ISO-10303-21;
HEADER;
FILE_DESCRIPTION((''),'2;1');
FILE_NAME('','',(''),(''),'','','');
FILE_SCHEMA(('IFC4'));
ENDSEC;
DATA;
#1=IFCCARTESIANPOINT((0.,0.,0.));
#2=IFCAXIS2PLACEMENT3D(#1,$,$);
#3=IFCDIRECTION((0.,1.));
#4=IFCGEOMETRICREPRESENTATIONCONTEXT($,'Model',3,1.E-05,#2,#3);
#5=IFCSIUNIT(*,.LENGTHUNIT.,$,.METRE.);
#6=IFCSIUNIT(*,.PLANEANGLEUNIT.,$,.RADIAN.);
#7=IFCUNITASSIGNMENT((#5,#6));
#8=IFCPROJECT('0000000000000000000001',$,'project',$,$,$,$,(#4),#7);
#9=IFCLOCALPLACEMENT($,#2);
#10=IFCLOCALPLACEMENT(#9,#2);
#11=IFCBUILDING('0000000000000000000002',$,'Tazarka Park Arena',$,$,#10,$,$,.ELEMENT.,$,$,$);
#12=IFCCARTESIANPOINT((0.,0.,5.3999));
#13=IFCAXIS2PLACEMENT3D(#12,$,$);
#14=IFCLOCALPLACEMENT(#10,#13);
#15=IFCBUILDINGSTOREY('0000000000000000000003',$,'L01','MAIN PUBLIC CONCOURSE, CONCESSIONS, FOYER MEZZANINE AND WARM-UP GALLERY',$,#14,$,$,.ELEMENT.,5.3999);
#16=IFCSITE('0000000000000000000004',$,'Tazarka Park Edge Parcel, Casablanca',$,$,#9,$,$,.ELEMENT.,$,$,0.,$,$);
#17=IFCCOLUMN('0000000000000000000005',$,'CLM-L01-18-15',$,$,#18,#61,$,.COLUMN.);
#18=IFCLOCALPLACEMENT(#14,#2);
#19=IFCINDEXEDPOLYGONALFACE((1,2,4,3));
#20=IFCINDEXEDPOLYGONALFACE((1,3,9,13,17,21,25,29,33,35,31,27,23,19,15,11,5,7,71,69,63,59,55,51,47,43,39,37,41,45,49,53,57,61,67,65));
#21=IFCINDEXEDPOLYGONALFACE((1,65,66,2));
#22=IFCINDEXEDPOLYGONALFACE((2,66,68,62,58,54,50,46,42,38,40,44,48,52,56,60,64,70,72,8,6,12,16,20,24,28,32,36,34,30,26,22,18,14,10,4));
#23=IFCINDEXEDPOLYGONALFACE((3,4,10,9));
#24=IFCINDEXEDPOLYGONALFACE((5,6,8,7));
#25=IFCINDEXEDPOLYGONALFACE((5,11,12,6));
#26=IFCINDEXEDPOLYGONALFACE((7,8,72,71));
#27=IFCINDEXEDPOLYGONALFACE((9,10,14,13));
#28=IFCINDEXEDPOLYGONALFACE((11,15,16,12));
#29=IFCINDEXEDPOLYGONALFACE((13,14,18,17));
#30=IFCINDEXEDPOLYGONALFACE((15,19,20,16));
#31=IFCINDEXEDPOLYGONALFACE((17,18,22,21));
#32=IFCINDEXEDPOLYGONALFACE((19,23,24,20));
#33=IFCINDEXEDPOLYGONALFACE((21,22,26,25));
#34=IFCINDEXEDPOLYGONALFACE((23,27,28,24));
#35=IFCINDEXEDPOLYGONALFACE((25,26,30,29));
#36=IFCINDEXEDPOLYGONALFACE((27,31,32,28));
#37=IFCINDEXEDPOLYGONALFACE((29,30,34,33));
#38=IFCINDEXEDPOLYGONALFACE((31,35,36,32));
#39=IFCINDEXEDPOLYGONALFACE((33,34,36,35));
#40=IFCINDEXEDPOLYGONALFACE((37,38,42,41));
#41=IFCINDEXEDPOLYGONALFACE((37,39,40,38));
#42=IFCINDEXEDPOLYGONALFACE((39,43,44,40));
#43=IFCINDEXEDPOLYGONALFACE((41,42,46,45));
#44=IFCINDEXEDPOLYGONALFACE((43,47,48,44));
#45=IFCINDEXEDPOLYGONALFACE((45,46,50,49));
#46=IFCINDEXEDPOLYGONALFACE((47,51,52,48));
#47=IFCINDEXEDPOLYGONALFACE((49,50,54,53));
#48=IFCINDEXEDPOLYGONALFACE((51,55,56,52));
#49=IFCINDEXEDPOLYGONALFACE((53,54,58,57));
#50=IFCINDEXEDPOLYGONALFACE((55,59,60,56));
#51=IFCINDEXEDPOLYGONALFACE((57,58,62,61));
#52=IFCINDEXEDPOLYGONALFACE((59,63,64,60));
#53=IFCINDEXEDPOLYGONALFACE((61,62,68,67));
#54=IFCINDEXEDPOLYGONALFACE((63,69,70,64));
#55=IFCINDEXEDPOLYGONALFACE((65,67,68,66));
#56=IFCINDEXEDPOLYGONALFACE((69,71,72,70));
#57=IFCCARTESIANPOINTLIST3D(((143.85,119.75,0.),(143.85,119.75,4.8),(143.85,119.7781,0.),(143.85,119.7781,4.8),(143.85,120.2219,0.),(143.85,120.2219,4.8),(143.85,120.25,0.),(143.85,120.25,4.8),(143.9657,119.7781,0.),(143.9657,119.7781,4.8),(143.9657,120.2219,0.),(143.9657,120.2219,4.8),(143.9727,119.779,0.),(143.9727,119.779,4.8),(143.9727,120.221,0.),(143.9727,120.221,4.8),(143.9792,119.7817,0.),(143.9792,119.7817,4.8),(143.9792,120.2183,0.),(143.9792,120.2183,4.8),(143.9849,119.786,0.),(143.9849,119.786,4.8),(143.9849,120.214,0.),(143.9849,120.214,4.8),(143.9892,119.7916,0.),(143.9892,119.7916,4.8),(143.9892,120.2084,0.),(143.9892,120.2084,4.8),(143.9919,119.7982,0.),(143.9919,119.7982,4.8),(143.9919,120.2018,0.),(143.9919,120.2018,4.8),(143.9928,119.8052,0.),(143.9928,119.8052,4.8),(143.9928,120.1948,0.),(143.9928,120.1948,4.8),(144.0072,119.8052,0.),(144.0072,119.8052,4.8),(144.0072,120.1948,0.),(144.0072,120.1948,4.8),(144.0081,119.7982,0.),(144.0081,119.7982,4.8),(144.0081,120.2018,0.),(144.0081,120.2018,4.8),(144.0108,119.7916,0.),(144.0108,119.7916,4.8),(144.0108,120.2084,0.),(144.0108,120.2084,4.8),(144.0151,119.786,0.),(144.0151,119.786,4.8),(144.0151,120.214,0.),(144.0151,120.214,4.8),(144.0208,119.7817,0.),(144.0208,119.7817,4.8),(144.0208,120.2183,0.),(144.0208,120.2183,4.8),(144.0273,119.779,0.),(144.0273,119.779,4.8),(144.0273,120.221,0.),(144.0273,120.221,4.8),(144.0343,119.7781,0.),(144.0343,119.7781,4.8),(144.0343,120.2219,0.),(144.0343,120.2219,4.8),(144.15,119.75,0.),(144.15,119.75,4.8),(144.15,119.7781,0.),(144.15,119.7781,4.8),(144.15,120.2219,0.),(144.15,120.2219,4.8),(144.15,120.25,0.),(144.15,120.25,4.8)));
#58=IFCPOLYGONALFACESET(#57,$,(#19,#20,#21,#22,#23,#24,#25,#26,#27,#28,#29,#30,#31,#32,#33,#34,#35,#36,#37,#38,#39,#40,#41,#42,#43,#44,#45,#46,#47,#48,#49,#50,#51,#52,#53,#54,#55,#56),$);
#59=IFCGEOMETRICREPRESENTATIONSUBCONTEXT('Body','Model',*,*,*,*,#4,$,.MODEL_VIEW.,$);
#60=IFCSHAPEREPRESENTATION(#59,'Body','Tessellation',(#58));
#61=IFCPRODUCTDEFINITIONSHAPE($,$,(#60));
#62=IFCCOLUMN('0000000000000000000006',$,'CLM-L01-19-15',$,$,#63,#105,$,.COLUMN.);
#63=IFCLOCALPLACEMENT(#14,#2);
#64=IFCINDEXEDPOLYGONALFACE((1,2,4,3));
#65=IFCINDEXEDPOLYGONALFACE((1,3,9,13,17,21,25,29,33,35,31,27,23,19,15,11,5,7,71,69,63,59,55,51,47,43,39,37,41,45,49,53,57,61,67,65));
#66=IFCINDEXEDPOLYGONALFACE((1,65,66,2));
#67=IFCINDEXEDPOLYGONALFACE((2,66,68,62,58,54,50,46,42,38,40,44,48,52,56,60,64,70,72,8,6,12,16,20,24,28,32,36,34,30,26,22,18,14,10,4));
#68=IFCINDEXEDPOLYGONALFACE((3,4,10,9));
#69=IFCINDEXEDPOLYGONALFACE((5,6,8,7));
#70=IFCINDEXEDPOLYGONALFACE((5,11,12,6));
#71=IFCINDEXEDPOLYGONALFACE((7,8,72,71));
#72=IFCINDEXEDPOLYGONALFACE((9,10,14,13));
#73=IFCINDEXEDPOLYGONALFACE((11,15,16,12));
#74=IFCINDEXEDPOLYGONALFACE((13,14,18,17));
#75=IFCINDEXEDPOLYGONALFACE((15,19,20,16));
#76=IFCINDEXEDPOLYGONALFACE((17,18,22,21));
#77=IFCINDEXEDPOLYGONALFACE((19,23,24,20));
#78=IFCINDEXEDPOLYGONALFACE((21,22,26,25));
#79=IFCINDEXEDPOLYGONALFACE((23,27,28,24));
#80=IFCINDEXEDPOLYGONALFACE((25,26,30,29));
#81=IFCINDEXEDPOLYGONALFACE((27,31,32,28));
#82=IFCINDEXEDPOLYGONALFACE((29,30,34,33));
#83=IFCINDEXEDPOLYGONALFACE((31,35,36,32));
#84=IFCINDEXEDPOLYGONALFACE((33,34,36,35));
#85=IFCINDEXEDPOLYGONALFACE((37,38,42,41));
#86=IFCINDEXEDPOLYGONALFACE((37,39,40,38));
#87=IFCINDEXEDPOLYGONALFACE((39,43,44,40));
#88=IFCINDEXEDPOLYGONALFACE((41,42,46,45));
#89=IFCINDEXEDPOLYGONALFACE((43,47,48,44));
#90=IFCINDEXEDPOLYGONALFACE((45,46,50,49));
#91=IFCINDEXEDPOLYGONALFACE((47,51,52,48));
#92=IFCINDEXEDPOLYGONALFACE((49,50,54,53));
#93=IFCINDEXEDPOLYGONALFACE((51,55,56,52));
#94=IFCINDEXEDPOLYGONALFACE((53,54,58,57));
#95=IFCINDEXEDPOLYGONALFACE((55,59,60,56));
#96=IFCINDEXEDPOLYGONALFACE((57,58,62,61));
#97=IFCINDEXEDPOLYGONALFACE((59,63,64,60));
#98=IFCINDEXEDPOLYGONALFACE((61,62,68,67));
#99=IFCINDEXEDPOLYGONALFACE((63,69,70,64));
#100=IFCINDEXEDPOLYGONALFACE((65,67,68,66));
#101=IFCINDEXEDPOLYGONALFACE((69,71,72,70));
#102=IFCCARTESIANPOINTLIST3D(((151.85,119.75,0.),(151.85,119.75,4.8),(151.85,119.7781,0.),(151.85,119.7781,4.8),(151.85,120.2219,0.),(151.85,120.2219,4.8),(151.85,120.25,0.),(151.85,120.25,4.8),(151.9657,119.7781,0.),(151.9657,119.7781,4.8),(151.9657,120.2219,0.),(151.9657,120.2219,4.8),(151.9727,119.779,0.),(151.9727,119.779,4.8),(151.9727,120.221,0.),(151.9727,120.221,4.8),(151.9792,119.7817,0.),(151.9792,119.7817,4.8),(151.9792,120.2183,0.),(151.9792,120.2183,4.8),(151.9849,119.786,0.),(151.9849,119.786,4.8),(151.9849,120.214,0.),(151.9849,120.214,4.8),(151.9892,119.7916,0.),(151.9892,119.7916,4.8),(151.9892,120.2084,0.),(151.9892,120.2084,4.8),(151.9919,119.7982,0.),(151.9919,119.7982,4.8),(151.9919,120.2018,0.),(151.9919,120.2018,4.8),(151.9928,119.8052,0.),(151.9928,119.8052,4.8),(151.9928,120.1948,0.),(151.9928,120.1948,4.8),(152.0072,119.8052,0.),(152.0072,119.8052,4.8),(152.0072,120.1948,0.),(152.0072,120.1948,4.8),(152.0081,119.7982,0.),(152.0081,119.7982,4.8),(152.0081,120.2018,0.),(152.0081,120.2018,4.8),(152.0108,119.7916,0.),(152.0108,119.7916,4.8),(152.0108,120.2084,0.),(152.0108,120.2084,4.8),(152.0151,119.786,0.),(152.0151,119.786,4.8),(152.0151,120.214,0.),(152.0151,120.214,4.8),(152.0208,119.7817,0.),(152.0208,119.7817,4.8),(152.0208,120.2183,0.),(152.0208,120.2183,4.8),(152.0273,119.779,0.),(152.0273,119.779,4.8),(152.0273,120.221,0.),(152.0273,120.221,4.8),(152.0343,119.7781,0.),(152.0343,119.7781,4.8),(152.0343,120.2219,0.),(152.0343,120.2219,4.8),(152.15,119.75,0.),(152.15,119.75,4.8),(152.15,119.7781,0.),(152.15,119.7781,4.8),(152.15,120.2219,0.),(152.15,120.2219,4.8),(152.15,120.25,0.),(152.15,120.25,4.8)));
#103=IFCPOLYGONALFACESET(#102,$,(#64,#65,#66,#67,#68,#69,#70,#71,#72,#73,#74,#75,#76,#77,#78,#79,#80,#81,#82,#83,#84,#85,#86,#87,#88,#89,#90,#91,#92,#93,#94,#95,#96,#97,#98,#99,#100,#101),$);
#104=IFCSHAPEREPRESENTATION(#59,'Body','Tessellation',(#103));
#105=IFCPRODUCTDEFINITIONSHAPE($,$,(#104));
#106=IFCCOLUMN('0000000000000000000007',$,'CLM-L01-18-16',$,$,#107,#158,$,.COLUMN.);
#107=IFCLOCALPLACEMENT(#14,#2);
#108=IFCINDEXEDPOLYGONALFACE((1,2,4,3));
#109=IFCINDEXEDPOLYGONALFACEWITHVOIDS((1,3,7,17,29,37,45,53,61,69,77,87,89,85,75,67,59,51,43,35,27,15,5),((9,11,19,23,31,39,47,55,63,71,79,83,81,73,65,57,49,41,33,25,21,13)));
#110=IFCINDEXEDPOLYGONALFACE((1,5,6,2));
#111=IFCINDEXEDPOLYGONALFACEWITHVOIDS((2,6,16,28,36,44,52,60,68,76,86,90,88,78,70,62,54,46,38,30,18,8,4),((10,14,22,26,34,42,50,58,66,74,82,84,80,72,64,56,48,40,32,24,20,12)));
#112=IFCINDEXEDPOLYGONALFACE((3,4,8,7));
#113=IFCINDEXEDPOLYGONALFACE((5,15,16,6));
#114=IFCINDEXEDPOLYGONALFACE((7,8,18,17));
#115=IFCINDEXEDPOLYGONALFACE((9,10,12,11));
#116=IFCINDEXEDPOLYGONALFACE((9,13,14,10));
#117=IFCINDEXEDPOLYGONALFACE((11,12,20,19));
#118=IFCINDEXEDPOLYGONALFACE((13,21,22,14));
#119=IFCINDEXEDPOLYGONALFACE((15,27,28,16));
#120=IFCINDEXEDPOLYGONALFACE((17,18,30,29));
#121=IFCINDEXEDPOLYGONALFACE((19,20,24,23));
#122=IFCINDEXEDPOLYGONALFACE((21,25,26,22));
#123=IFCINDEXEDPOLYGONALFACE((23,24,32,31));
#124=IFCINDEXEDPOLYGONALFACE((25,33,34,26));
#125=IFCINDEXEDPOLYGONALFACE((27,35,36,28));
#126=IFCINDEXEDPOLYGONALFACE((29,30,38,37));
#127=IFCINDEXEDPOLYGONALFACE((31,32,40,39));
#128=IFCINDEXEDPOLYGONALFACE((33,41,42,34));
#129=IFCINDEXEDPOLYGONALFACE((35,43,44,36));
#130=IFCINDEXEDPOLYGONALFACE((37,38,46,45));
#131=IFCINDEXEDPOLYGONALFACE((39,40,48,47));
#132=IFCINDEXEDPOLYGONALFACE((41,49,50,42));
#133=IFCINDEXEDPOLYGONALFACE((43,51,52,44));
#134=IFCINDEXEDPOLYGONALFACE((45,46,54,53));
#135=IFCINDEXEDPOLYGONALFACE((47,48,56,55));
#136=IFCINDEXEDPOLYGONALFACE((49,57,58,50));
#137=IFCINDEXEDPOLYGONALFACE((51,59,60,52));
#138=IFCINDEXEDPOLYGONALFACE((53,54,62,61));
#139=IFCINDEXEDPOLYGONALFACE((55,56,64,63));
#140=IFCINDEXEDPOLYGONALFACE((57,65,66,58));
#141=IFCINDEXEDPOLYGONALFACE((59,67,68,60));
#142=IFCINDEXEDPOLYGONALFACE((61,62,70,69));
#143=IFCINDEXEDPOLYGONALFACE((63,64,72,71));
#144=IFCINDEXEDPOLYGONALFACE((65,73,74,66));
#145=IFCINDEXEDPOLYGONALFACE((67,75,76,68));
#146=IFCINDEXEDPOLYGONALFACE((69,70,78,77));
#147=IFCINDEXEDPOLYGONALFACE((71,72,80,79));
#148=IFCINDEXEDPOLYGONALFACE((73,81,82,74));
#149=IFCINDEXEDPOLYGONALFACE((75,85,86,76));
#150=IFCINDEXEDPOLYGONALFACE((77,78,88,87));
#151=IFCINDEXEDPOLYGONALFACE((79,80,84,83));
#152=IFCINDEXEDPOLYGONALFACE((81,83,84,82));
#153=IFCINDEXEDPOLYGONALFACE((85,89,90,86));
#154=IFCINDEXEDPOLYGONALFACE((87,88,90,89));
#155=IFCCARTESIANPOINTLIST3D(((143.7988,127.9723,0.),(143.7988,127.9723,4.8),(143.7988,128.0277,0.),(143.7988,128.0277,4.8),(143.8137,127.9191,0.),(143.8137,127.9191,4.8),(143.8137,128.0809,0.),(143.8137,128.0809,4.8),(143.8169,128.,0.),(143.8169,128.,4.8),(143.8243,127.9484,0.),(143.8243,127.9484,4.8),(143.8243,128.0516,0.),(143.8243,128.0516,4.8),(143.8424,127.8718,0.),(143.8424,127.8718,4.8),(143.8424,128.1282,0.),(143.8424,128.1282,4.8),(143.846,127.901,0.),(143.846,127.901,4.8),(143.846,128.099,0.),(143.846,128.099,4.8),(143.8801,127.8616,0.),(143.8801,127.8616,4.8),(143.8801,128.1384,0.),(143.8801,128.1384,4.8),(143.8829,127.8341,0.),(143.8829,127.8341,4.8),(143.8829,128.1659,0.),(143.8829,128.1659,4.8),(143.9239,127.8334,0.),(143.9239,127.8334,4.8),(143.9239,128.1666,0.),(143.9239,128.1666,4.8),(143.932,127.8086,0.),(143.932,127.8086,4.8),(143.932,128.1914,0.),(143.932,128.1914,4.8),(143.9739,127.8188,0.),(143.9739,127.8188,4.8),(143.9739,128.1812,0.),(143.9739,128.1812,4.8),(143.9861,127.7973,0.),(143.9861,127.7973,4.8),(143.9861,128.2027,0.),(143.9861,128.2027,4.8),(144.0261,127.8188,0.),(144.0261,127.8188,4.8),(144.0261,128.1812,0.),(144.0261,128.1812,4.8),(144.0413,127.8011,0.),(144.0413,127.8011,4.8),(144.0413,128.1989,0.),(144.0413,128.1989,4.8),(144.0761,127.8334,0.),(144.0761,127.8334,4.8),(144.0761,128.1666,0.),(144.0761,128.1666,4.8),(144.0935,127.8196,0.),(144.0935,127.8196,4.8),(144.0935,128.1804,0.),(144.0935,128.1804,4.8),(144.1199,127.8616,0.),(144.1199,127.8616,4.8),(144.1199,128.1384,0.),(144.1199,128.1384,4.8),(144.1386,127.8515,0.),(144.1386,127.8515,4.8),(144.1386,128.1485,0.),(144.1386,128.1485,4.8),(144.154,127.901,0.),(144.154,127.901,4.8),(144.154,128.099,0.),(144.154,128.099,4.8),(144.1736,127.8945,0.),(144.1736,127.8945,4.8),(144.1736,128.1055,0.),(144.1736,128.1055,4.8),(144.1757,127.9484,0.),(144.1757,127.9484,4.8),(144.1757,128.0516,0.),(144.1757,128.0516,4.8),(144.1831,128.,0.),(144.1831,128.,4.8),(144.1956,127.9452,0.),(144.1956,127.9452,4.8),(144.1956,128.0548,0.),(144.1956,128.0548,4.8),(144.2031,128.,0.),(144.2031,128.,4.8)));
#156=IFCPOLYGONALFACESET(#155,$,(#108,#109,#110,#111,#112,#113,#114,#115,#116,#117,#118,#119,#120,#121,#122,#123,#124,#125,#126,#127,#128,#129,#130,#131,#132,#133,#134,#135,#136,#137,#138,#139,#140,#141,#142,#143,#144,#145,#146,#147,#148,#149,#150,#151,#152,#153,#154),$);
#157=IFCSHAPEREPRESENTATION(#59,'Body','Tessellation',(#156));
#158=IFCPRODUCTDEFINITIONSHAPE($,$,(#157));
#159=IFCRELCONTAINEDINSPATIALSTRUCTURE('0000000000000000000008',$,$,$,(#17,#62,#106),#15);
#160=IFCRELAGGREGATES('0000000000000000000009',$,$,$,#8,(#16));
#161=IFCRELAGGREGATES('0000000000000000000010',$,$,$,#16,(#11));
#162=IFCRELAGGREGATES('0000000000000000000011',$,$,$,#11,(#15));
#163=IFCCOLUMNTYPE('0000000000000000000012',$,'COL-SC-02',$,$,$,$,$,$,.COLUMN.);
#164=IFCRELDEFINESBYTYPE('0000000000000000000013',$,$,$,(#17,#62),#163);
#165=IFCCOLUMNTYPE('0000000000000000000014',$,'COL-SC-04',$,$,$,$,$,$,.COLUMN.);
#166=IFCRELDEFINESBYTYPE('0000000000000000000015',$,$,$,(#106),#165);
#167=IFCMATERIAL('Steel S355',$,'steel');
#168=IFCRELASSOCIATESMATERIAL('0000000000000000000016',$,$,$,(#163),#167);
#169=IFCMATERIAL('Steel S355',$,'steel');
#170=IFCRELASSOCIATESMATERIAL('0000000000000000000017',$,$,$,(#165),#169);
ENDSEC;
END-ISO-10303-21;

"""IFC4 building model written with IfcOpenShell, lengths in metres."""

from ifc_helpers import new_model, si_unit, direction, frame, origin, origin_2d, place, context, subcontext, project, spatial, hollow_circle, i_section, extrude, material, material_profile, profile_set, type_object, element, save


model = new_model("IFC4")

# Units and contexts
model_context = context("Model", 3, precision=1e-05, world=origin(), true_north=direction((0.0, 1.0)))
body_context = subcontext(model_context, "Body", "Model", "MODEL_VIEW")
ifc_project = project(units=[si_unit("LENGTHUNIT", "METRE"), si_unit("PLANEANGLEUNIT", "RADIAN")], contexts=[model_context])

# Site, building, storey
site_placement = place(None, origin())
site = spatial("IfcSite", under=ifc_project, at=site_placement, Name="Tazarka Park Edge Parcel, Casablanca", CompositionType="ELEMENT", RefElevation=0.0)
building_placement = place(site_placement, origin())
building = spatial("IfcBuilding", under=site, at=building_placement, Name="Tazarka Park Arena", CompositionType="ELEMENT")
storey_placement = place(building_placement, frame((0.0, 0.0, 5.3999)))
storey = spatial("IfcBuildingStorey", under=building, at=storey_placement, Name="L01", Description="MAIN PUBLIC CONCOURSE, CONCESSIONS, FOYER MEZZANINE AND WARM-UP GALLERY", CompositionType="ELEMENT", Elevation=5.3999)

# Columns
ifc_material_1 = material(Name="Steel S355", Category="steel")
ifc_material_profile_1 = material_profile(ifc_material_1, i_section(OverallWidth=0.3, OverallDepth=0.5, WebThickness=0.0144, FlangeThickness=0.0281, FilletRadius=0.0271, at=origin_2d()), Name="Steel S355")
ifc_profile_set_1 = profile_set([ifc_material_profile_1], Name="Steel S355")
column_type_1 = type_object("IfcColumnType", Name="COL-SC-02", PredefinedType="COLUMN", material=ifc_profile_set_1)
for number, where, z_axis, x_axis, name in (
    (1, (144.0, 120.0, 0.0), (0.0, 0.0, 1.0), (1.0, 0.0, 0.0), "CLM-L01-18-15"),
    (2, (152.0, 120.0, 0.0), (0.0, 0.0, 1.0), (1.0, 0.0, 0.0), "CLM-L01-19-15"),
):
    element("IfcColumn", number, at=place(storey_placement, frame(where, z_axis=z_axis, x_axis=x_axis)), inside=storey, type_object=column_type_1, Name=name, PredefinedType="COLUMN", context=body_context, shape_type="SweptSolid", body=[
        extrude(i_section(OverallWidth=0.3, OverallDepth=0.5, WebThickness=0.0144, FlangeThickness=0.0281, FilletRadius=0.0271, at=origin_2d()), origin(), (0.0, 0.0, 1.0), 4.8),
    ])
ifc_material_2 = material(Name="Steel S355", Category="steel")
ifc_material_profile_2 = material_profile(ifc_material_2, hollow_circle(Radius=0.2031, WallThickness=0.02, at=origin_2d()), Name="Steel S355")
ifc_profile_set_2 = profile_set([ifc_material_profile_2], Name="Steel S355")
column_type_2 = type_object("IfcColumnType", Name="COL-SC-04", PredefinedType="COLUMN", material=ifc_profile_set_2)
for number, where, z_axis, x_axis, name in (
    (3, (144.0, 128.0, 0.0), (0.0, 0.0, 1.0), (1.0, 0.0, 0.0), "CLM-L01-18-16"),
):
    element("IfcColumn", number, at=place(storey_placement, frame(where, z_axis=z_axis, x_axis=x_axis)), inside=storey, type_object=column_type_2, Name=name, PredefinedType="COLUMN", context=body_context, shape_type="SweptSolid", body=[
        extrude(hollow_circle(Radius=0.2031, WallThickness=0.02, at=origin_2d()), origin(), (0.0, 0.0, 1.0), 4.8),
    ])

save(model, "model.ifc")
